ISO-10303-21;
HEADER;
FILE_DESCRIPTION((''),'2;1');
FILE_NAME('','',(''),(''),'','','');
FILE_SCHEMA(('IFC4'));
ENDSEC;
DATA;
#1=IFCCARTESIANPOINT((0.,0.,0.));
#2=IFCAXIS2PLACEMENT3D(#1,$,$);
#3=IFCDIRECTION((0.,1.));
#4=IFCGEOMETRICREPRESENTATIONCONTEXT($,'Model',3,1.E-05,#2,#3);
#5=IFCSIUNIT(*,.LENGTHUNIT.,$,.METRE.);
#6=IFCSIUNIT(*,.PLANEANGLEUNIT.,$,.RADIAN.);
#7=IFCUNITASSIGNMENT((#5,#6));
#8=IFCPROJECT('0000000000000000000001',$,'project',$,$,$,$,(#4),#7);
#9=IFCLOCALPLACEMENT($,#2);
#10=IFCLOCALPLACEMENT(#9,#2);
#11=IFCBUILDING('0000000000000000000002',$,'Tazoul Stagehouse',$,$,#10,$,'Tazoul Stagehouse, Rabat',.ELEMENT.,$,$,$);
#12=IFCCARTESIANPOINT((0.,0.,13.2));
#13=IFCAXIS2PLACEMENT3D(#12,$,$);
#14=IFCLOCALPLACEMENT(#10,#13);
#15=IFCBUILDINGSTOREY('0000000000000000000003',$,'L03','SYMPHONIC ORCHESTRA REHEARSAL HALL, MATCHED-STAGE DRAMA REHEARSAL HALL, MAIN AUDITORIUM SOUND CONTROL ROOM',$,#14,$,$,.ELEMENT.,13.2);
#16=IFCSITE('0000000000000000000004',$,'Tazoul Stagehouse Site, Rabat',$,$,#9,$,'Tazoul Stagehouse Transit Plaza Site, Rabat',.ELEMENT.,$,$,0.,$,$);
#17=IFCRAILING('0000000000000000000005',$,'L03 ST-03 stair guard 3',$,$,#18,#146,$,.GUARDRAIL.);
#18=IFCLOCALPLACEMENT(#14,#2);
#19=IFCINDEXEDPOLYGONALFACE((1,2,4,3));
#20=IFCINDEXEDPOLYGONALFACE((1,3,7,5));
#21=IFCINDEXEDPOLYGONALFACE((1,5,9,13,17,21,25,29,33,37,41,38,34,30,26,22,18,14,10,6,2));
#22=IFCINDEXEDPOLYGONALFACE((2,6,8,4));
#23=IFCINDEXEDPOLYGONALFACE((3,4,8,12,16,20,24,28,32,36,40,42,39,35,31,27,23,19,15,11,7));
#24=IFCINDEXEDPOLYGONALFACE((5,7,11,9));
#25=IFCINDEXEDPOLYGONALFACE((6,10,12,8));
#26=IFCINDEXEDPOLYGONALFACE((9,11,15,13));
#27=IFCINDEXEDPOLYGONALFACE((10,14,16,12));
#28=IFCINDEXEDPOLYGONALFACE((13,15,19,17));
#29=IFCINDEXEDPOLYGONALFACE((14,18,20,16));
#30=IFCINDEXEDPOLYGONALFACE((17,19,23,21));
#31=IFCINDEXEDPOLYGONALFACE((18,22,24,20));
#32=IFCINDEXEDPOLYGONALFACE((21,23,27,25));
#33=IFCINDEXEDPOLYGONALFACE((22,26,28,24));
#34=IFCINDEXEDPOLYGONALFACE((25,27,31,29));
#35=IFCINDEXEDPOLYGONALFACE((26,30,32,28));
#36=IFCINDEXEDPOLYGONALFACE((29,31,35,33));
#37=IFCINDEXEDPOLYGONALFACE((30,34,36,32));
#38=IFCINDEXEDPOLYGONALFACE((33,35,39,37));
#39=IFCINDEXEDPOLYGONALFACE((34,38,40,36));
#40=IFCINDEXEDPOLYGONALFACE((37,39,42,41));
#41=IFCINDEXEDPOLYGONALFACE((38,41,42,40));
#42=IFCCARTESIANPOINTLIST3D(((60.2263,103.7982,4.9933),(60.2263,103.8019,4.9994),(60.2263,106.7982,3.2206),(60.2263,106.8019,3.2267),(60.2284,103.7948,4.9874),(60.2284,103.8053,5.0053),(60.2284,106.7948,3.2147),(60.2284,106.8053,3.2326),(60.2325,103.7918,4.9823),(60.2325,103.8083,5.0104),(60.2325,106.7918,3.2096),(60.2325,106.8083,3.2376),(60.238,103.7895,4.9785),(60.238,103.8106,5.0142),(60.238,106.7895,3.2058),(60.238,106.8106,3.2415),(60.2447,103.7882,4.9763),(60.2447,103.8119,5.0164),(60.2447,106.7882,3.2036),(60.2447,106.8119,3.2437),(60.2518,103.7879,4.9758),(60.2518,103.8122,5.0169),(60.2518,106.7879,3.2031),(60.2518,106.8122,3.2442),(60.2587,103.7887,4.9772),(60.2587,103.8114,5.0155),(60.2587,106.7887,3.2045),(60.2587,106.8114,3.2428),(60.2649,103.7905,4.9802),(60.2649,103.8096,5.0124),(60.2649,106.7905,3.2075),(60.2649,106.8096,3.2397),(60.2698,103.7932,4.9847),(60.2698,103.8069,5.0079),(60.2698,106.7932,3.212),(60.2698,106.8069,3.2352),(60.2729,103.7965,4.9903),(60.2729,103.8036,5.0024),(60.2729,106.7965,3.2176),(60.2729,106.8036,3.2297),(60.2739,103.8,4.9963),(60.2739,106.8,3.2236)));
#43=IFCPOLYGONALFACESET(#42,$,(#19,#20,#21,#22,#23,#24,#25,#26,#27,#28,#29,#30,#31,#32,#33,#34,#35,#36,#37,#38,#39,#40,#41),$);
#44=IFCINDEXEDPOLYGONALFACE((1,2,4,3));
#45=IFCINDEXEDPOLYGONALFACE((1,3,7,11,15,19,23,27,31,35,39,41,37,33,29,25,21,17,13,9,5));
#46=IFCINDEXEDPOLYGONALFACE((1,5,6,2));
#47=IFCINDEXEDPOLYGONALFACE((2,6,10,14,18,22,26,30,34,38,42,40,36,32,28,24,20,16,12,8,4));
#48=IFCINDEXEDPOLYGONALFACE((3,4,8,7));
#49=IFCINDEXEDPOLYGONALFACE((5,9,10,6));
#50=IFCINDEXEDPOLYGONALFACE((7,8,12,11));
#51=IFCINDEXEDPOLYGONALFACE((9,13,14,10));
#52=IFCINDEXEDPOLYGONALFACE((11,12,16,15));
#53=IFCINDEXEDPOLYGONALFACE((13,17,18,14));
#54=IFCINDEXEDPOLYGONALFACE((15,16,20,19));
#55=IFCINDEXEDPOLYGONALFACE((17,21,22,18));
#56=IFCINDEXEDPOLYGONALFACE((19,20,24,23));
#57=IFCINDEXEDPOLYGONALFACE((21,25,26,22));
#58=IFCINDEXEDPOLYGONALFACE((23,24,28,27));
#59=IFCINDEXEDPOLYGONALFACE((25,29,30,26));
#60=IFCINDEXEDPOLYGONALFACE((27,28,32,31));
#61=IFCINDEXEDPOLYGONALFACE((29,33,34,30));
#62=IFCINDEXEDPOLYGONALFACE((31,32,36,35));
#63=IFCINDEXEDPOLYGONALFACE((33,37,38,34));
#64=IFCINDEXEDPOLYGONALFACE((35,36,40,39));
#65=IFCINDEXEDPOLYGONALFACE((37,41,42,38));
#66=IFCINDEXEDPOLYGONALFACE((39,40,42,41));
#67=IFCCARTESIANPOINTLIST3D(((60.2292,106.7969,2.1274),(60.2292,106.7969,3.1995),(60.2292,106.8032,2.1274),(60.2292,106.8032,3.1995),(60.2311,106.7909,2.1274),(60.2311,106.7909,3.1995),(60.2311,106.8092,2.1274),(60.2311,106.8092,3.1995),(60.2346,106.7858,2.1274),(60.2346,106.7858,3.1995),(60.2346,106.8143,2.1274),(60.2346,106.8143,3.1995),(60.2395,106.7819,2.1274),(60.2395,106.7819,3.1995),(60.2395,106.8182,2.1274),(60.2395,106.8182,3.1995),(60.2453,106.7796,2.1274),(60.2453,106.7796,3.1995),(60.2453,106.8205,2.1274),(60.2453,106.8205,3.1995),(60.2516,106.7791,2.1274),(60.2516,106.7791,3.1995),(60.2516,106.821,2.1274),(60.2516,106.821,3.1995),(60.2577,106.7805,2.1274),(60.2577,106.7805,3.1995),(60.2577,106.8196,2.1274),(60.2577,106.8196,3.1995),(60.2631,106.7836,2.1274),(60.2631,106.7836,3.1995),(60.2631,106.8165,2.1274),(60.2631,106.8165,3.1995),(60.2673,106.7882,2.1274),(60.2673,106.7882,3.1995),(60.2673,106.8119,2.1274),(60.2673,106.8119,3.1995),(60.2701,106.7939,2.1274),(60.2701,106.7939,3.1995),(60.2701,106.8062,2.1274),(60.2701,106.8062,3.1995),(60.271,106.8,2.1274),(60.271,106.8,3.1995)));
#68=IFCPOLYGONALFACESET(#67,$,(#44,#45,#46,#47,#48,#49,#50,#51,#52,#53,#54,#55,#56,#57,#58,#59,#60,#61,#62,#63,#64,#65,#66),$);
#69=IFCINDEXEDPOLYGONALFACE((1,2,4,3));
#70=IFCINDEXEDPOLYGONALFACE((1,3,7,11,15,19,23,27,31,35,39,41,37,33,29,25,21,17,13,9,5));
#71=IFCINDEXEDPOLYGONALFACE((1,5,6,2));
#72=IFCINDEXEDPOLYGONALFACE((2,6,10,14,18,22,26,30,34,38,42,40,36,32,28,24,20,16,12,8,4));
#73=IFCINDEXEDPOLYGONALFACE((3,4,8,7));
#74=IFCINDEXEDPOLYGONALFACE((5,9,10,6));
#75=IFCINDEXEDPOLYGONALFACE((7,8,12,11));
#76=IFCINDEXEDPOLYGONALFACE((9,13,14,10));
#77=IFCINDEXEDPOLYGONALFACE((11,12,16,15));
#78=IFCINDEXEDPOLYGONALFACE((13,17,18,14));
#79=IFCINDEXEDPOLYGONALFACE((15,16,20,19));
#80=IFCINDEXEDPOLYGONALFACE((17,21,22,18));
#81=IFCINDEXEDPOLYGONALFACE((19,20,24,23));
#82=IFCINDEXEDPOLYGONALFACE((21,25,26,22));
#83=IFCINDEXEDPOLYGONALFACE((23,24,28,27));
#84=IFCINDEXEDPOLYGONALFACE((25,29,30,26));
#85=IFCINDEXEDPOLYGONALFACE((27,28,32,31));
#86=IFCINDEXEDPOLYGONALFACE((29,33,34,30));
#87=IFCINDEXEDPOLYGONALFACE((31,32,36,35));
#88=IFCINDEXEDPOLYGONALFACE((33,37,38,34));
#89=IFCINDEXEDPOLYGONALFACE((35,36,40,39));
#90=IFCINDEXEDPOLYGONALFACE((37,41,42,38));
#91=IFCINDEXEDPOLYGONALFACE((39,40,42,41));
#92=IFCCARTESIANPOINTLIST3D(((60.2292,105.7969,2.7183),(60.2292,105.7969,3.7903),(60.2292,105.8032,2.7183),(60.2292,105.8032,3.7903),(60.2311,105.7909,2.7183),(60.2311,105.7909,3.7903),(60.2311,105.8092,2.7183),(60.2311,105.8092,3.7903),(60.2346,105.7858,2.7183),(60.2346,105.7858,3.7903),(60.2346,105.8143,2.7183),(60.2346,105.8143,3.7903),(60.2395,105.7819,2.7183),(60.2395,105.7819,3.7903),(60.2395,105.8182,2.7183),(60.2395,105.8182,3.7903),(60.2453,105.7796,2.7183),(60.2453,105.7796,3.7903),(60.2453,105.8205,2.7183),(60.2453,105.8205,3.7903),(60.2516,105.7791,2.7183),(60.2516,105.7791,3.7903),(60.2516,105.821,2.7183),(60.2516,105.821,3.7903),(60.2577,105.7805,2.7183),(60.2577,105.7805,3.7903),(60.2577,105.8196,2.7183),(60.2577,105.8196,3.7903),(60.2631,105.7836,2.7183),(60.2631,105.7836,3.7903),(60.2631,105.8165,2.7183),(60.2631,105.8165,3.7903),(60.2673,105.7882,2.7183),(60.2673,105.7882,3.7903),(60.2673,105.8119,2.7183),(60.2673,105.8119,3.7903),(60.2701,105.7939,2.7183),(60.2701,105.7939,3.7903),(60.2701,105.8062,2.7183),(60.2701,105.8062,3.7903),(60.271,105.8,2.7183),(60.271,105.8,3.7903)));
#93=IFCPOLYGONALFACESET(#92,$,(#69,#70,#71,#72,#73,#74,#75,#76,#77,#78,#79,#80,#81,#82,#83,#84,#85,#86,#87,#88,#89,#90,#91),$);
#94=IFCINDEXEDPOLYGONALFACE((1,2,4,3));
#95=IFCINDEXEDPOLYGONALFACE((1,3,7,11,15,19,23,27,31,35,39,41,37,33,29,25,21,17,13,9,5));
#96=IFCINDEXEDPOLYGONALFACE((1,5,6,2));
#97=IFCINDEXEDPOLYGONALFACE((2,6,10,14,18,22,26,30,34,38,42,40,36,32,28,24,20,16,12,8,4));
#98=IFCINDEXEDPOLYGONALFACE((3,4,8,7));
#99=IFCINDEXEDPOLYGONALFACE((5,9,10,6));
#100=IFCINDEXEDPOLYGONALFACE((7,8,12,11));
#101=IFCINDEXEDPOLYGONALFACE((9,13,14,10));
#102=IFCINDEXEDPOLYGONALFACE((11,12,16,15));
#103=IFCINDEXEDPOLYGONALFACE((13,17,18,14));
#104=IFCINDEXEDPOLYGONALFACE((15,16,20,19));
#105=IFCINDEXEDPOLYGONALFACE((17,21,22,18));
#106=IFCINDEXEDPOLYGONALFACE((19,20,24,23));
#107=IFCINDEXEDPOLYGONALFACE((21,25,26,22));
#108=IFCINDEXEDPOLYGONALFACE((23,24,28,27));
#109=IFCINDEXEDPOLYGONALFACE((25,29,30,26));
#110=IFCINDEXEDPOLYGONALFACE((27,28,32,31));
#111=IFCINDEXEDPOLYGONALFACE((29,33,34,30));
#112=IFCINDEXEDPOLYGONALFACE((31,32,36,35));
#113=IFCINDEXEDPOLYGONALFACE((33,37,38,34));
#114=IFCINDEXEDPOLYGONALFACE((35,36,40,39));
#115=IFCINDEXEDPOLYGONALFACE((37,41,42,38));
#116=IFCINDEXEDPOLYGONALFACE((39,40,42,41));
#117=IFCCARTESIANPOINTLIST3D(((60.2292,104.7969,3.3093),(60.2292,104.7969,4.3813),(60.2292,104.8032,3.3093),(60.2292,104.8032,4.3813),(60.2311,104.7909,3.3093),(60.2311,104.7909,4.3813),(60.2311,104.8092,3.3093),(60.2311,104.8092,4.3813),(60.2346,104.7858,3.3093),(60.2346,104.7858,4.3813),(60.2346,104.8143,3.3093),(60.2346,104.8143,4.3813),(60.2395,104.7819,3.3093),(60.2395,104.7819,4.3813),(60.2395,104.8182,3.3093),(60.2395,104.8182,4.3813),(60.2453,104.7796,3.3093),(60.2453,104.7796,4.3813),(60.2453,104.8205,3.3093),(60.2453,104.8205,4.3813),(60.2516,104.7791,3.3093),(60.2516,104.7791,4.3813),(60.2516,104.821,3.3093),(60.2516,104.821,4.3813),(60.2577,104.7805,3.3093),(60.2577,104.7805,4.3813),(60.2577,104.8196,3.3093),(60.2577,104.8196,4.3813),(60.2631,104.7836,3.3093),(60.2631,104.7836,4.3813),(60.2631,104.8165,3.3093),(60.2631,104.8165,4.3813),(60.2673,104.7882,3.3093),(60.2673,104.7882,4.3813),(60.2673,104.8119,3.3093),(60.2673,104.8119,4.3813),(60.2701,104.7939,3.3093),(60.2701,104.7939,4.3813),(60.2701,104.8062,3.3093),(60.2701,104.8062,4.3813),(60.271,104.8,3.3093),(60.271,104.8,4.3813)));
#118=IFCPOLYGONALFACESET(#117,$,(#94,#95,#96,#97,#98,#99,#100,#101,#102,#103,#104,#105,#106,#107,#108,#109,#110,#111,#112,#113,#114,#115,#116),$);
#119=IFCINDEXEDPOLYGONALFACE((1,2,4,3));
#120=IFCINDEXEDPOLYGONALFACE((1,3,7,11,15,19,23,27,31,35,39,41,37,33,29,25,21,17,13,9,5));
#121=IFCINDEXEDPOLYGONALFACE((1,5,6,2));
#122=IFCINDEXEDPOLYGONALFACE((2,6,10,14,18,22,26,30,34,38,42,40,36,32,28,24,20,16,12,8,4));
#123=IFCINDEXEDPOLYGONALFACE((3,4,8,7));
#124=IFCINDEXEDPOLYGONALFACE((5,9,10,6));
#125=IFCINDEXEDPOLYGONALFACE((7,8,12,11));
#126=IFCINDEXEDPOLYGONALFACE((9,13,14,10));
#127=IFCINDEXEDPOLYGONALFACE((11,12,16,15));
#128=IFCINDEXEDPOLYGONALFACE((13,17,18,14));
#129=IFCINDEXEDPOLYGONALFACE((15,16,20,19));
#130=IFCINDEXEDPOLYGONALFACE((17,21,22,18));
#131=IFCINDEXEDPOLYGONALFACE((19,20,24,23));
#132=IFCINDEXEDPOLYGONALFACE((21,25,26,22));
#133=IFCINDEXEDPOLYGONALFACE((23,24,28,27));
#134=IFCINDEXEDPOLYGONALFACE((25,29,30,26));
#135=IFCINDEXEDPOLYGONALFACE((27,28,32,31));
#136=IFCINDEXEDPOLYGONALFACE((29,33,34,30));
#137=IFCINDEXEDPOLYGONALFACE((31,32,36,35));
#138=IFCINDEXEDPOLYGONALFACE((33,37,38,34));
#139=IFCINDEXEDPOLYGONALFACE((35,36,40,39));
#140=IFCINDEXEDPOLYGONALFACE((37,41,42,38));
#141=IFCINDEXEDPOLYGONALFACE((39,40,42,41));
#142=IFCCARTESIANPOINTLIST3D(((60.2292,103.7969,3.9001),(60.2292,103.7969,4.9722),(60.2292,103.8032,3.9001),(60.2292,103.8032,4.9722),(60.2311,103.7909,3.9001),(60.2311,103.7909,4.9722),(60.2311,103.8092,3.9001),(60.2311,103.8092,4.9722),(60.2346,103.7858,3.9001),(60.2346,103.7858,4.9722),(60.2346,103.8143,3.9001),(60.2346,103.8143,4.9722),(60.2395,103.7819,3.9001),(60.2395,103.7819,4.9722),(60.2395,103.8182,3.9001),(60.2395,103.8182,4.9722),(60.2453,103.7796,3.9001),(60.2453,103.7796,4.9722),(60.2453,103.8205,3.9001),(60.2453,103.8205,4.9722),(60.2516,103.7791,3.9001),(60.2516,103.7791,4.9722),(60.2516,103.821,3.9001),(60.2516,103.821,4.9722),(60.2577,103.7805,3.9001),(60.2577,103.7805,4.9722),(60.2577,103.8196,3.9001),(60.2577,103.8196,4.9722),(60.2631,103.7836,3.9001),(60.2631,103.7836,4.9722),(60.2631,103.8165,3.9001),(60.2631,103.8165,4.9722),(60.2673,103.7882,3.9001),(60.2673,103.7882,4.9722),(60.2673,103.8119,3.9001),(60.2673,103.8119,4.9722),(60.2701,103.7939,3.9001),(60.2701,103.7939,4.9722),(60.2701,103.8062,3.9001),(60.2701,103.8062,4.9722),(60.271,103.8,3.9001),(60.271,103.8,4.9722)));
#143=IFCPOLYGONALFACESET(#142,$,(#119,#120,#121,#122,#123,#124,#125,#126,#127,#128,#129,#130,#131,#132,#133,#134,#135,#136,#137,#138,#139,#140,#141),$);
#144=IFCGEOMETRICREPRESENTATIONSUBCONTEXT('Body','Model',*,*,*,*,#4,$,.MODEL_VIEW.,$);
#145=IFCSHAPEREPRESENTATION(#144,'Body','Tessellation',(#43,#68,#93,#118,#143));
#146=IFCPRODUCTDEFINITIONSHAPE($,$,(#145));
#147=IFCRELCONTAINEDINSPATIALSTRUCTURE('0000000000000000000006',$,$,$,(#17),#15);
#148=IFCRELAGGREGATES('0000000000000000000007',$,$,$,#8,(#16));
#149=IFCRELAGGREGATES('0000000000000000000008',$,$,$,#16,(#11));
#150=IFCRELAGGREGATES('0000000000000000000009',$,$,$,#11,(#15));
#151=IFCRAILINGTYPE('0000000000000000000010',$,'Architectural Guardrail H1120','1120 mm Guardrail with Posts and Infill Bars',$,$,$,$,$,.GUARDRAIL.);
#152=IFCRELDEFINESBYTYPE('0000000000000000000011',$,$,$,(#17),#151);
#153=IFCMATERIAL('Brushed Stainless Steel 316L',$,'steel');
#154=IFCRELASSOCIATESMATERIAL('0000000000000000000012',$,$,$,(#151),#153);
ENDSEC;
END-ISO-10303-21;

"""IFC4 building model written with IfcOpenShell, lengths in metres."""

from ifc_helpers import new_model, si_unit, direction, frame, origin, origin_2d, place, context, subcontext, project, spatial, circle, extrude, material, material_profile, profile_set, type_object, element, save


model = new_model("IFC4")

# Units and contexts
model_context = context("Model", 3, precision=1e-05, world=origin(), true_north=direction((0.0, 1.0)))
body_context = subcontext(model_context, "Body", "Model", "MODEL_VIEW")
ifc_project = project(units=[si_unit("LENGTHUNIT", "METRE"), si_unit("PLANEANGLEUNIT", "RADIAN")], contexts=[model_context])

# Site, building, storey
site_placement = place(None, origin())
site = spatial("IfcSite", under=ifc_project, at=site_placement, Name="Tazoul Stagehouse Site, Rabat", LongName="Tazoul Stagehouse Transit Plaza Site, Rabat", CompositionType="ELEMENT", RefElevation=0.0)
building_placement = place(site_placement, origin())
building = spatial("IfcBuilding", under=site, at=building_placement, Name="Tazoul Stagehouse", LongName="Tazoul Stagehouse, Rabat", CompositionType="ELEMENT")
storey_placement = place(building_placement, frame((0.0, 0.0, 13.2)))
storey = spatial("IfcBuildingStorey", under=building, at=storey_placement, Name="L03", Description="SYMPHONIC ORCHESTRA REHEARSAL HALL, MATCHED-STAGE DRAMA REHEARSAL HALL, MAIN AUDITORIUM SOUND CONTROL ROOM", CompositionType="ELEMENT", Elevation=13.2)

# Railing
ifc_material_1 = material(Name="Brushed Stainless Steel 316L", Category="steel")
ifc_material_profile_1 = material_profile(ifc_material_1, circle(Radius=0.0239, at=origin_2d()), Name="SS RAIL D48")
ifc_profile_set_1 = profile_set([ifc_material_profile_1], Name="Brushed Stainless Steel 316L")
railing_type_1 = type_object("IfcRailingType", Name="Architectural Guardrail H1120", Description="1120 mm Guardrail with Posts and Infill Bars", PredefinedType="GUARDRAIL", material=ifc_profile_set_1)
railing_1_placement = place(storey_placement, frame((60.25, 106.8, 2.1274)))
element("IfcRailing", 1, at=railing_1_placement, inside=storey, type_object=railing_type_1, Name="L03 ST-03 stair guard 3", PredefinedType="GUARDRAIL", context=body_context, shape_type="SweptSolid", body=[
    extrude(circle(Radius=0.0239, at=origin_2d()), frame((0.0, 0.0, 1.0962), z_axis=(0.0, -0.860929, 0.508725), x_axis=(1.0, 0.0, 0.0)), (0.0, 0.0, 1.0), 3.4846),
    extrude(circle(Radius=0.021, at=origin_2d()), origin(), (0.0, 0.0, 1.0), 1.072),
    extrude(circle(Radius=0.021, at=origin_2d()), frame((0.0, -1.0, 0.5908)), (0.0, 0.0, 1.0), 1.072),
    extrude(circle(Radius=0.021, at=origin_2d()), frame((0.0, -2.0, 1.1819)), (0.0, 0.0, 1.0), 1.072),
    extrude(circle(Radius=0.021, at=origin_2d()), frame((0.0, -3.0, 1.7727)), (0.0, 0.0, 1.0), 1.072),
])

save(model, "model.ifc")
